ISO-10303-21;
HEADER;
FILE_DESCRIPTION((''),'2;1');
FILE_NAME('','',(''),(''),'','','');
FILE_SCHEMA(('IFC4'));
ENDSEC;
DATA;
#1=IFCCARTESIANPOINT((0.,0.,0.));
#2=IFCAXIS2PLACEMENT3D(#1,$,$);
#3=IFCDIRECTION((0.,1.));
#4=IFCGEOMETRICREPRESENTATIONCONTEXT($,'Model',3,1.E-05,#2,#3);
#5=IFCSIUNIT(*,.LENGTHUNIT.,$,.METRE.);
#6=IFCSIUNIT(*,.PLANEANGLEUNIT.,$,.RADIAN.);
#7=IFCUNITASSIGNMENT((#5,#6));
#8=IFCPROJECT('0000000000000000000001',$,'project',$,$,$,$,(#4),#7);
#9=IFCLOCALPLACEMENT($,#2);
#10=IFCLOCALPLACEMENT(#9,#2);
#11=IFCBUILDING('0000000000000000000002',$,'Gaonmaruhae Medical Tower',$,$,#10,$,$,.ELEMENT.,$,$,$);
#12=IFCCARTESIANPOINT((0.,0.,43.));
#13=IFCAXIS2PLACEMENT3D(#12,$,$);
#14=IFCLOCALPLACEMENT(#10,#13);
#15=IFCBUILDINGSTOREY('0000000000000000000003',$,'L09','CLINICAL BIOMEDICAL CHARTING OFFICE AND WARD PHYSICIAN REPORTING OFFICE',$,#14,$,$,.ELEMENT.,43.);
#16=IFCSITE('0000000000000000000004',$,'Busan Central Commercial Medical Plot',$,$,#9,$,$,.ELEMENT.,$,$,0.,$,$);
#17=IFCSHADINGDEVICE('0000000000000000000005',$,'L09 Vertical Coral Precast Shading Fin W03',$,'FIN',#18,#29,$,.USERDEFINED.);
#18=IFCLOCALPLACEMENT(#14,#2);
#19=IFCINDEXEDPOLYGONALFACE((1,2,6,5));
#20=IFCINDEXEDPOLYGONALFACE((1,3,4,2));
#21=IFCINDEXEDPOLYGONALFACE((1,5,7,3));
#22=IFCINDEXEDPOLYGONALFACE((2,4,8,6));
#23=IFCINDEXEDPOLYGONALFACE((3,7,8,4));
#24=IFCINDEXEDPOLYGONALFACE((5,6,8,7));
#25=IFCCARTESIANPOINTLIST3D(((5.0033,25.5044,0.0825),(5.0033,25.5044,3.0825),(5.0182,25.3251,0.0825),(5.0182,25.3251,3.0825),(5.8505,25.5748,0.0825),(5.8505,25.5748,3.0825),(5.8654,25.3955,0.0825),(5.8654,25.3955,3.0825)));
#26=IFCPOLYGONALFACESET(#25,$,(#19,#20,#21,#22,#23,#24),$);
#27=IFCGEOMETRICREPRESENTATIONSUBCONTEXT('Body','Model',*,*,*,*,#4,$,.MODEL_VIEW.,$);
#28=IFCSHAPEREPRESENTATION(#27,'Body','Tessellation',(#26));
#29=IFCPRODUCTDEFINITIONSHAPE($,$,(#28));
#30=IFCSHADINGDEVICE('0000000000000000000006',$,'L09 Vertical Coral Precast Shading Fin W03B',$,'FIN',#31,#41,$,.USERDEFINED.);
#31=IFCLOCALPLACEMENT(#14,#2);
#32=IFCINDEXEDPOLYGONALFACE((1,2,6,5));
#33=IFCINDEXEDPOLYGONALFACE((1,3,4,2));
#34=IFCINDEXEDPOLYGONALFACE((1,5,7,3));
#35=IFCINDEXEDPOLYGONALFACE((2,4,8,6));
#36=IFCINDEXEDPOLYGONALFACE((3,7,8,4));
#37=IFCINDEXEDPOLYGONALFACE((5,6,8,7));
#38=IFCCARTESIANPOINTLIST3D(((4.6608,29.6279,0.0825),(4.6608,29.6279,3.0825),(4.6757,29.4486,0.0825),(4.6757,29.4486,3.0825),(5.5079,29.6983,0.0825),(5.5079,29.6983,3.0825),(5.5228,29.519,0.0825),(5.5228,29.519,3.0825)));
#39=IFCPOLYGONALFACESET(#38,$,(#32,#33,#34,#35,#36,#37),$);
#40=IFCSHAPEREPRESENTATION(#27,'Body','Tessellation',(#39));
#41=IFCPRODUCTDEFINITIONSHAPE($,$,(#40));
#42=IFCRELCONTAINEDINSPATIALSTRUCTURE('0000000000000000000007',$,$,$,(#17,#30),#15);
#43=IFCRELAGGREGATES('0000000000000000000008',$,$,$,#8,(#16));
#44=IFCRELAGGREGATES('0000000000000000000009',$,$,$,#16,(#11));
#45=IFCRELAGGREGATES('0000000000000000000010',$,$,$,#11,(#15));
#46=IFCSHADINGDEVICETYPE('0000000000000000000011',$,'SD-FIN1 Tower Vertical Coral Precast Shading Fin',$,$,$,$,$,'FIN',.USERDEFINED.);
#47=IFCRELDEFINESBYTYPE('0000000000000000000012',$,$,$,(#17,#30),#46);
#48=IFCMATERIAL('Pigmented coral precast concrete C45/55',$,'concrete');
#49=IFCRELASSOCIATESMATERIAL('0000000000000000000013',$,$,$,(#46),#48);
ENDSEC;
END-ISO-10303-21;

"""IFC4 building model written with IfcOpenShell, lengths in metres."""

from ifc_helpers import new_model, si_unit, direction, frame, origin, origin_2d, place, context, subcontext, project, spatial, rectangle, extrude, material, type_object, element, save


model = new_model("IFC4")

# Units and contexts
model_context = context("Model", 3, precision=1e-05, world=origin(), true_north=direction((0.0, 1.0)))
body_context = subcontext(model_context, "Body", "Model", "MODEL_VIEW")
ifc_project = project(units=[si_unit("LENGTHUNIT", "METRE"), si_unit("PLANEANGLEUNIT", "RADIAN")], contexts=[model_context])

# Site, building, storey
site_placement = place(None, origin())
site = spatial("IfcSite", under=ifc_project, at=site_placement, Name="Busan Central Commercial Medical Plot", CompositionType="ELEMENT", RefElevation=0.0)
building_placement = place(site_placement, origin())
building = spatial("IfcBuilding", under=site, at=building_placement, Name="Gaonmaruhae Medical Tower", CompositionType="ELEMENT")
storey_placement = place(building_placement, frame((0.0, 0.0, 43.0)))
storey = spatial("IfcBuildingStorey", under=building, at=storey_placement, Name="L09", Description="CLINICAL BIOMEDICAL CHARTING OFFICE AND WARD PHYSICIAN REPORTING OFFICE", CompositionType="ELEMENT", Elevation=43.0)

# Shading devices
ifc_material_1 = material(Name="Pigmented coral precast concrete C45/55", Category="concrete")
shading_device_type = type_object("IfcShadingDeviceType", Name="SD-FIN1 Tower Vertical Coral Precast Shading Fin", ElementType="FIN", PredefinedType="USERDEFINED", material=ifc_material_1)
for number, where, z_axis, x_axis, name in (
    (1, (5.4343, 25.45, 0.0825), (0.0, 0.0, 1.0), (-0.082808, 0.996566, 0.0), "L09 Vertical Coral Precast Shading Fin W03"),
    (2, (5.0918, 29.5735, 0.0825), (0.0, 0.0, 1.0), (-0.082808, 0.996566, 0.0), "L09 Vertical Coral Precast Shading Fin W03B"),
):
    element("IfcShadingDevice", number, at=place(storey_placement, frame(where, z_axis=z_axis, x_axis=x_axis)), inside=storey, type_object=shading_device_type, Name=name, ObjectType="FIN", PredefinedType="USERDEFINED", context=body_context, shape_type="SweptSolid", body=[
        extrude(rectangle(XDim=0.1799, YDim=0.8501, at=origin_2d()), origin(), (0.0, 0.0, 1.0), 3.0),
    ])

save(model, "model.ifc")
